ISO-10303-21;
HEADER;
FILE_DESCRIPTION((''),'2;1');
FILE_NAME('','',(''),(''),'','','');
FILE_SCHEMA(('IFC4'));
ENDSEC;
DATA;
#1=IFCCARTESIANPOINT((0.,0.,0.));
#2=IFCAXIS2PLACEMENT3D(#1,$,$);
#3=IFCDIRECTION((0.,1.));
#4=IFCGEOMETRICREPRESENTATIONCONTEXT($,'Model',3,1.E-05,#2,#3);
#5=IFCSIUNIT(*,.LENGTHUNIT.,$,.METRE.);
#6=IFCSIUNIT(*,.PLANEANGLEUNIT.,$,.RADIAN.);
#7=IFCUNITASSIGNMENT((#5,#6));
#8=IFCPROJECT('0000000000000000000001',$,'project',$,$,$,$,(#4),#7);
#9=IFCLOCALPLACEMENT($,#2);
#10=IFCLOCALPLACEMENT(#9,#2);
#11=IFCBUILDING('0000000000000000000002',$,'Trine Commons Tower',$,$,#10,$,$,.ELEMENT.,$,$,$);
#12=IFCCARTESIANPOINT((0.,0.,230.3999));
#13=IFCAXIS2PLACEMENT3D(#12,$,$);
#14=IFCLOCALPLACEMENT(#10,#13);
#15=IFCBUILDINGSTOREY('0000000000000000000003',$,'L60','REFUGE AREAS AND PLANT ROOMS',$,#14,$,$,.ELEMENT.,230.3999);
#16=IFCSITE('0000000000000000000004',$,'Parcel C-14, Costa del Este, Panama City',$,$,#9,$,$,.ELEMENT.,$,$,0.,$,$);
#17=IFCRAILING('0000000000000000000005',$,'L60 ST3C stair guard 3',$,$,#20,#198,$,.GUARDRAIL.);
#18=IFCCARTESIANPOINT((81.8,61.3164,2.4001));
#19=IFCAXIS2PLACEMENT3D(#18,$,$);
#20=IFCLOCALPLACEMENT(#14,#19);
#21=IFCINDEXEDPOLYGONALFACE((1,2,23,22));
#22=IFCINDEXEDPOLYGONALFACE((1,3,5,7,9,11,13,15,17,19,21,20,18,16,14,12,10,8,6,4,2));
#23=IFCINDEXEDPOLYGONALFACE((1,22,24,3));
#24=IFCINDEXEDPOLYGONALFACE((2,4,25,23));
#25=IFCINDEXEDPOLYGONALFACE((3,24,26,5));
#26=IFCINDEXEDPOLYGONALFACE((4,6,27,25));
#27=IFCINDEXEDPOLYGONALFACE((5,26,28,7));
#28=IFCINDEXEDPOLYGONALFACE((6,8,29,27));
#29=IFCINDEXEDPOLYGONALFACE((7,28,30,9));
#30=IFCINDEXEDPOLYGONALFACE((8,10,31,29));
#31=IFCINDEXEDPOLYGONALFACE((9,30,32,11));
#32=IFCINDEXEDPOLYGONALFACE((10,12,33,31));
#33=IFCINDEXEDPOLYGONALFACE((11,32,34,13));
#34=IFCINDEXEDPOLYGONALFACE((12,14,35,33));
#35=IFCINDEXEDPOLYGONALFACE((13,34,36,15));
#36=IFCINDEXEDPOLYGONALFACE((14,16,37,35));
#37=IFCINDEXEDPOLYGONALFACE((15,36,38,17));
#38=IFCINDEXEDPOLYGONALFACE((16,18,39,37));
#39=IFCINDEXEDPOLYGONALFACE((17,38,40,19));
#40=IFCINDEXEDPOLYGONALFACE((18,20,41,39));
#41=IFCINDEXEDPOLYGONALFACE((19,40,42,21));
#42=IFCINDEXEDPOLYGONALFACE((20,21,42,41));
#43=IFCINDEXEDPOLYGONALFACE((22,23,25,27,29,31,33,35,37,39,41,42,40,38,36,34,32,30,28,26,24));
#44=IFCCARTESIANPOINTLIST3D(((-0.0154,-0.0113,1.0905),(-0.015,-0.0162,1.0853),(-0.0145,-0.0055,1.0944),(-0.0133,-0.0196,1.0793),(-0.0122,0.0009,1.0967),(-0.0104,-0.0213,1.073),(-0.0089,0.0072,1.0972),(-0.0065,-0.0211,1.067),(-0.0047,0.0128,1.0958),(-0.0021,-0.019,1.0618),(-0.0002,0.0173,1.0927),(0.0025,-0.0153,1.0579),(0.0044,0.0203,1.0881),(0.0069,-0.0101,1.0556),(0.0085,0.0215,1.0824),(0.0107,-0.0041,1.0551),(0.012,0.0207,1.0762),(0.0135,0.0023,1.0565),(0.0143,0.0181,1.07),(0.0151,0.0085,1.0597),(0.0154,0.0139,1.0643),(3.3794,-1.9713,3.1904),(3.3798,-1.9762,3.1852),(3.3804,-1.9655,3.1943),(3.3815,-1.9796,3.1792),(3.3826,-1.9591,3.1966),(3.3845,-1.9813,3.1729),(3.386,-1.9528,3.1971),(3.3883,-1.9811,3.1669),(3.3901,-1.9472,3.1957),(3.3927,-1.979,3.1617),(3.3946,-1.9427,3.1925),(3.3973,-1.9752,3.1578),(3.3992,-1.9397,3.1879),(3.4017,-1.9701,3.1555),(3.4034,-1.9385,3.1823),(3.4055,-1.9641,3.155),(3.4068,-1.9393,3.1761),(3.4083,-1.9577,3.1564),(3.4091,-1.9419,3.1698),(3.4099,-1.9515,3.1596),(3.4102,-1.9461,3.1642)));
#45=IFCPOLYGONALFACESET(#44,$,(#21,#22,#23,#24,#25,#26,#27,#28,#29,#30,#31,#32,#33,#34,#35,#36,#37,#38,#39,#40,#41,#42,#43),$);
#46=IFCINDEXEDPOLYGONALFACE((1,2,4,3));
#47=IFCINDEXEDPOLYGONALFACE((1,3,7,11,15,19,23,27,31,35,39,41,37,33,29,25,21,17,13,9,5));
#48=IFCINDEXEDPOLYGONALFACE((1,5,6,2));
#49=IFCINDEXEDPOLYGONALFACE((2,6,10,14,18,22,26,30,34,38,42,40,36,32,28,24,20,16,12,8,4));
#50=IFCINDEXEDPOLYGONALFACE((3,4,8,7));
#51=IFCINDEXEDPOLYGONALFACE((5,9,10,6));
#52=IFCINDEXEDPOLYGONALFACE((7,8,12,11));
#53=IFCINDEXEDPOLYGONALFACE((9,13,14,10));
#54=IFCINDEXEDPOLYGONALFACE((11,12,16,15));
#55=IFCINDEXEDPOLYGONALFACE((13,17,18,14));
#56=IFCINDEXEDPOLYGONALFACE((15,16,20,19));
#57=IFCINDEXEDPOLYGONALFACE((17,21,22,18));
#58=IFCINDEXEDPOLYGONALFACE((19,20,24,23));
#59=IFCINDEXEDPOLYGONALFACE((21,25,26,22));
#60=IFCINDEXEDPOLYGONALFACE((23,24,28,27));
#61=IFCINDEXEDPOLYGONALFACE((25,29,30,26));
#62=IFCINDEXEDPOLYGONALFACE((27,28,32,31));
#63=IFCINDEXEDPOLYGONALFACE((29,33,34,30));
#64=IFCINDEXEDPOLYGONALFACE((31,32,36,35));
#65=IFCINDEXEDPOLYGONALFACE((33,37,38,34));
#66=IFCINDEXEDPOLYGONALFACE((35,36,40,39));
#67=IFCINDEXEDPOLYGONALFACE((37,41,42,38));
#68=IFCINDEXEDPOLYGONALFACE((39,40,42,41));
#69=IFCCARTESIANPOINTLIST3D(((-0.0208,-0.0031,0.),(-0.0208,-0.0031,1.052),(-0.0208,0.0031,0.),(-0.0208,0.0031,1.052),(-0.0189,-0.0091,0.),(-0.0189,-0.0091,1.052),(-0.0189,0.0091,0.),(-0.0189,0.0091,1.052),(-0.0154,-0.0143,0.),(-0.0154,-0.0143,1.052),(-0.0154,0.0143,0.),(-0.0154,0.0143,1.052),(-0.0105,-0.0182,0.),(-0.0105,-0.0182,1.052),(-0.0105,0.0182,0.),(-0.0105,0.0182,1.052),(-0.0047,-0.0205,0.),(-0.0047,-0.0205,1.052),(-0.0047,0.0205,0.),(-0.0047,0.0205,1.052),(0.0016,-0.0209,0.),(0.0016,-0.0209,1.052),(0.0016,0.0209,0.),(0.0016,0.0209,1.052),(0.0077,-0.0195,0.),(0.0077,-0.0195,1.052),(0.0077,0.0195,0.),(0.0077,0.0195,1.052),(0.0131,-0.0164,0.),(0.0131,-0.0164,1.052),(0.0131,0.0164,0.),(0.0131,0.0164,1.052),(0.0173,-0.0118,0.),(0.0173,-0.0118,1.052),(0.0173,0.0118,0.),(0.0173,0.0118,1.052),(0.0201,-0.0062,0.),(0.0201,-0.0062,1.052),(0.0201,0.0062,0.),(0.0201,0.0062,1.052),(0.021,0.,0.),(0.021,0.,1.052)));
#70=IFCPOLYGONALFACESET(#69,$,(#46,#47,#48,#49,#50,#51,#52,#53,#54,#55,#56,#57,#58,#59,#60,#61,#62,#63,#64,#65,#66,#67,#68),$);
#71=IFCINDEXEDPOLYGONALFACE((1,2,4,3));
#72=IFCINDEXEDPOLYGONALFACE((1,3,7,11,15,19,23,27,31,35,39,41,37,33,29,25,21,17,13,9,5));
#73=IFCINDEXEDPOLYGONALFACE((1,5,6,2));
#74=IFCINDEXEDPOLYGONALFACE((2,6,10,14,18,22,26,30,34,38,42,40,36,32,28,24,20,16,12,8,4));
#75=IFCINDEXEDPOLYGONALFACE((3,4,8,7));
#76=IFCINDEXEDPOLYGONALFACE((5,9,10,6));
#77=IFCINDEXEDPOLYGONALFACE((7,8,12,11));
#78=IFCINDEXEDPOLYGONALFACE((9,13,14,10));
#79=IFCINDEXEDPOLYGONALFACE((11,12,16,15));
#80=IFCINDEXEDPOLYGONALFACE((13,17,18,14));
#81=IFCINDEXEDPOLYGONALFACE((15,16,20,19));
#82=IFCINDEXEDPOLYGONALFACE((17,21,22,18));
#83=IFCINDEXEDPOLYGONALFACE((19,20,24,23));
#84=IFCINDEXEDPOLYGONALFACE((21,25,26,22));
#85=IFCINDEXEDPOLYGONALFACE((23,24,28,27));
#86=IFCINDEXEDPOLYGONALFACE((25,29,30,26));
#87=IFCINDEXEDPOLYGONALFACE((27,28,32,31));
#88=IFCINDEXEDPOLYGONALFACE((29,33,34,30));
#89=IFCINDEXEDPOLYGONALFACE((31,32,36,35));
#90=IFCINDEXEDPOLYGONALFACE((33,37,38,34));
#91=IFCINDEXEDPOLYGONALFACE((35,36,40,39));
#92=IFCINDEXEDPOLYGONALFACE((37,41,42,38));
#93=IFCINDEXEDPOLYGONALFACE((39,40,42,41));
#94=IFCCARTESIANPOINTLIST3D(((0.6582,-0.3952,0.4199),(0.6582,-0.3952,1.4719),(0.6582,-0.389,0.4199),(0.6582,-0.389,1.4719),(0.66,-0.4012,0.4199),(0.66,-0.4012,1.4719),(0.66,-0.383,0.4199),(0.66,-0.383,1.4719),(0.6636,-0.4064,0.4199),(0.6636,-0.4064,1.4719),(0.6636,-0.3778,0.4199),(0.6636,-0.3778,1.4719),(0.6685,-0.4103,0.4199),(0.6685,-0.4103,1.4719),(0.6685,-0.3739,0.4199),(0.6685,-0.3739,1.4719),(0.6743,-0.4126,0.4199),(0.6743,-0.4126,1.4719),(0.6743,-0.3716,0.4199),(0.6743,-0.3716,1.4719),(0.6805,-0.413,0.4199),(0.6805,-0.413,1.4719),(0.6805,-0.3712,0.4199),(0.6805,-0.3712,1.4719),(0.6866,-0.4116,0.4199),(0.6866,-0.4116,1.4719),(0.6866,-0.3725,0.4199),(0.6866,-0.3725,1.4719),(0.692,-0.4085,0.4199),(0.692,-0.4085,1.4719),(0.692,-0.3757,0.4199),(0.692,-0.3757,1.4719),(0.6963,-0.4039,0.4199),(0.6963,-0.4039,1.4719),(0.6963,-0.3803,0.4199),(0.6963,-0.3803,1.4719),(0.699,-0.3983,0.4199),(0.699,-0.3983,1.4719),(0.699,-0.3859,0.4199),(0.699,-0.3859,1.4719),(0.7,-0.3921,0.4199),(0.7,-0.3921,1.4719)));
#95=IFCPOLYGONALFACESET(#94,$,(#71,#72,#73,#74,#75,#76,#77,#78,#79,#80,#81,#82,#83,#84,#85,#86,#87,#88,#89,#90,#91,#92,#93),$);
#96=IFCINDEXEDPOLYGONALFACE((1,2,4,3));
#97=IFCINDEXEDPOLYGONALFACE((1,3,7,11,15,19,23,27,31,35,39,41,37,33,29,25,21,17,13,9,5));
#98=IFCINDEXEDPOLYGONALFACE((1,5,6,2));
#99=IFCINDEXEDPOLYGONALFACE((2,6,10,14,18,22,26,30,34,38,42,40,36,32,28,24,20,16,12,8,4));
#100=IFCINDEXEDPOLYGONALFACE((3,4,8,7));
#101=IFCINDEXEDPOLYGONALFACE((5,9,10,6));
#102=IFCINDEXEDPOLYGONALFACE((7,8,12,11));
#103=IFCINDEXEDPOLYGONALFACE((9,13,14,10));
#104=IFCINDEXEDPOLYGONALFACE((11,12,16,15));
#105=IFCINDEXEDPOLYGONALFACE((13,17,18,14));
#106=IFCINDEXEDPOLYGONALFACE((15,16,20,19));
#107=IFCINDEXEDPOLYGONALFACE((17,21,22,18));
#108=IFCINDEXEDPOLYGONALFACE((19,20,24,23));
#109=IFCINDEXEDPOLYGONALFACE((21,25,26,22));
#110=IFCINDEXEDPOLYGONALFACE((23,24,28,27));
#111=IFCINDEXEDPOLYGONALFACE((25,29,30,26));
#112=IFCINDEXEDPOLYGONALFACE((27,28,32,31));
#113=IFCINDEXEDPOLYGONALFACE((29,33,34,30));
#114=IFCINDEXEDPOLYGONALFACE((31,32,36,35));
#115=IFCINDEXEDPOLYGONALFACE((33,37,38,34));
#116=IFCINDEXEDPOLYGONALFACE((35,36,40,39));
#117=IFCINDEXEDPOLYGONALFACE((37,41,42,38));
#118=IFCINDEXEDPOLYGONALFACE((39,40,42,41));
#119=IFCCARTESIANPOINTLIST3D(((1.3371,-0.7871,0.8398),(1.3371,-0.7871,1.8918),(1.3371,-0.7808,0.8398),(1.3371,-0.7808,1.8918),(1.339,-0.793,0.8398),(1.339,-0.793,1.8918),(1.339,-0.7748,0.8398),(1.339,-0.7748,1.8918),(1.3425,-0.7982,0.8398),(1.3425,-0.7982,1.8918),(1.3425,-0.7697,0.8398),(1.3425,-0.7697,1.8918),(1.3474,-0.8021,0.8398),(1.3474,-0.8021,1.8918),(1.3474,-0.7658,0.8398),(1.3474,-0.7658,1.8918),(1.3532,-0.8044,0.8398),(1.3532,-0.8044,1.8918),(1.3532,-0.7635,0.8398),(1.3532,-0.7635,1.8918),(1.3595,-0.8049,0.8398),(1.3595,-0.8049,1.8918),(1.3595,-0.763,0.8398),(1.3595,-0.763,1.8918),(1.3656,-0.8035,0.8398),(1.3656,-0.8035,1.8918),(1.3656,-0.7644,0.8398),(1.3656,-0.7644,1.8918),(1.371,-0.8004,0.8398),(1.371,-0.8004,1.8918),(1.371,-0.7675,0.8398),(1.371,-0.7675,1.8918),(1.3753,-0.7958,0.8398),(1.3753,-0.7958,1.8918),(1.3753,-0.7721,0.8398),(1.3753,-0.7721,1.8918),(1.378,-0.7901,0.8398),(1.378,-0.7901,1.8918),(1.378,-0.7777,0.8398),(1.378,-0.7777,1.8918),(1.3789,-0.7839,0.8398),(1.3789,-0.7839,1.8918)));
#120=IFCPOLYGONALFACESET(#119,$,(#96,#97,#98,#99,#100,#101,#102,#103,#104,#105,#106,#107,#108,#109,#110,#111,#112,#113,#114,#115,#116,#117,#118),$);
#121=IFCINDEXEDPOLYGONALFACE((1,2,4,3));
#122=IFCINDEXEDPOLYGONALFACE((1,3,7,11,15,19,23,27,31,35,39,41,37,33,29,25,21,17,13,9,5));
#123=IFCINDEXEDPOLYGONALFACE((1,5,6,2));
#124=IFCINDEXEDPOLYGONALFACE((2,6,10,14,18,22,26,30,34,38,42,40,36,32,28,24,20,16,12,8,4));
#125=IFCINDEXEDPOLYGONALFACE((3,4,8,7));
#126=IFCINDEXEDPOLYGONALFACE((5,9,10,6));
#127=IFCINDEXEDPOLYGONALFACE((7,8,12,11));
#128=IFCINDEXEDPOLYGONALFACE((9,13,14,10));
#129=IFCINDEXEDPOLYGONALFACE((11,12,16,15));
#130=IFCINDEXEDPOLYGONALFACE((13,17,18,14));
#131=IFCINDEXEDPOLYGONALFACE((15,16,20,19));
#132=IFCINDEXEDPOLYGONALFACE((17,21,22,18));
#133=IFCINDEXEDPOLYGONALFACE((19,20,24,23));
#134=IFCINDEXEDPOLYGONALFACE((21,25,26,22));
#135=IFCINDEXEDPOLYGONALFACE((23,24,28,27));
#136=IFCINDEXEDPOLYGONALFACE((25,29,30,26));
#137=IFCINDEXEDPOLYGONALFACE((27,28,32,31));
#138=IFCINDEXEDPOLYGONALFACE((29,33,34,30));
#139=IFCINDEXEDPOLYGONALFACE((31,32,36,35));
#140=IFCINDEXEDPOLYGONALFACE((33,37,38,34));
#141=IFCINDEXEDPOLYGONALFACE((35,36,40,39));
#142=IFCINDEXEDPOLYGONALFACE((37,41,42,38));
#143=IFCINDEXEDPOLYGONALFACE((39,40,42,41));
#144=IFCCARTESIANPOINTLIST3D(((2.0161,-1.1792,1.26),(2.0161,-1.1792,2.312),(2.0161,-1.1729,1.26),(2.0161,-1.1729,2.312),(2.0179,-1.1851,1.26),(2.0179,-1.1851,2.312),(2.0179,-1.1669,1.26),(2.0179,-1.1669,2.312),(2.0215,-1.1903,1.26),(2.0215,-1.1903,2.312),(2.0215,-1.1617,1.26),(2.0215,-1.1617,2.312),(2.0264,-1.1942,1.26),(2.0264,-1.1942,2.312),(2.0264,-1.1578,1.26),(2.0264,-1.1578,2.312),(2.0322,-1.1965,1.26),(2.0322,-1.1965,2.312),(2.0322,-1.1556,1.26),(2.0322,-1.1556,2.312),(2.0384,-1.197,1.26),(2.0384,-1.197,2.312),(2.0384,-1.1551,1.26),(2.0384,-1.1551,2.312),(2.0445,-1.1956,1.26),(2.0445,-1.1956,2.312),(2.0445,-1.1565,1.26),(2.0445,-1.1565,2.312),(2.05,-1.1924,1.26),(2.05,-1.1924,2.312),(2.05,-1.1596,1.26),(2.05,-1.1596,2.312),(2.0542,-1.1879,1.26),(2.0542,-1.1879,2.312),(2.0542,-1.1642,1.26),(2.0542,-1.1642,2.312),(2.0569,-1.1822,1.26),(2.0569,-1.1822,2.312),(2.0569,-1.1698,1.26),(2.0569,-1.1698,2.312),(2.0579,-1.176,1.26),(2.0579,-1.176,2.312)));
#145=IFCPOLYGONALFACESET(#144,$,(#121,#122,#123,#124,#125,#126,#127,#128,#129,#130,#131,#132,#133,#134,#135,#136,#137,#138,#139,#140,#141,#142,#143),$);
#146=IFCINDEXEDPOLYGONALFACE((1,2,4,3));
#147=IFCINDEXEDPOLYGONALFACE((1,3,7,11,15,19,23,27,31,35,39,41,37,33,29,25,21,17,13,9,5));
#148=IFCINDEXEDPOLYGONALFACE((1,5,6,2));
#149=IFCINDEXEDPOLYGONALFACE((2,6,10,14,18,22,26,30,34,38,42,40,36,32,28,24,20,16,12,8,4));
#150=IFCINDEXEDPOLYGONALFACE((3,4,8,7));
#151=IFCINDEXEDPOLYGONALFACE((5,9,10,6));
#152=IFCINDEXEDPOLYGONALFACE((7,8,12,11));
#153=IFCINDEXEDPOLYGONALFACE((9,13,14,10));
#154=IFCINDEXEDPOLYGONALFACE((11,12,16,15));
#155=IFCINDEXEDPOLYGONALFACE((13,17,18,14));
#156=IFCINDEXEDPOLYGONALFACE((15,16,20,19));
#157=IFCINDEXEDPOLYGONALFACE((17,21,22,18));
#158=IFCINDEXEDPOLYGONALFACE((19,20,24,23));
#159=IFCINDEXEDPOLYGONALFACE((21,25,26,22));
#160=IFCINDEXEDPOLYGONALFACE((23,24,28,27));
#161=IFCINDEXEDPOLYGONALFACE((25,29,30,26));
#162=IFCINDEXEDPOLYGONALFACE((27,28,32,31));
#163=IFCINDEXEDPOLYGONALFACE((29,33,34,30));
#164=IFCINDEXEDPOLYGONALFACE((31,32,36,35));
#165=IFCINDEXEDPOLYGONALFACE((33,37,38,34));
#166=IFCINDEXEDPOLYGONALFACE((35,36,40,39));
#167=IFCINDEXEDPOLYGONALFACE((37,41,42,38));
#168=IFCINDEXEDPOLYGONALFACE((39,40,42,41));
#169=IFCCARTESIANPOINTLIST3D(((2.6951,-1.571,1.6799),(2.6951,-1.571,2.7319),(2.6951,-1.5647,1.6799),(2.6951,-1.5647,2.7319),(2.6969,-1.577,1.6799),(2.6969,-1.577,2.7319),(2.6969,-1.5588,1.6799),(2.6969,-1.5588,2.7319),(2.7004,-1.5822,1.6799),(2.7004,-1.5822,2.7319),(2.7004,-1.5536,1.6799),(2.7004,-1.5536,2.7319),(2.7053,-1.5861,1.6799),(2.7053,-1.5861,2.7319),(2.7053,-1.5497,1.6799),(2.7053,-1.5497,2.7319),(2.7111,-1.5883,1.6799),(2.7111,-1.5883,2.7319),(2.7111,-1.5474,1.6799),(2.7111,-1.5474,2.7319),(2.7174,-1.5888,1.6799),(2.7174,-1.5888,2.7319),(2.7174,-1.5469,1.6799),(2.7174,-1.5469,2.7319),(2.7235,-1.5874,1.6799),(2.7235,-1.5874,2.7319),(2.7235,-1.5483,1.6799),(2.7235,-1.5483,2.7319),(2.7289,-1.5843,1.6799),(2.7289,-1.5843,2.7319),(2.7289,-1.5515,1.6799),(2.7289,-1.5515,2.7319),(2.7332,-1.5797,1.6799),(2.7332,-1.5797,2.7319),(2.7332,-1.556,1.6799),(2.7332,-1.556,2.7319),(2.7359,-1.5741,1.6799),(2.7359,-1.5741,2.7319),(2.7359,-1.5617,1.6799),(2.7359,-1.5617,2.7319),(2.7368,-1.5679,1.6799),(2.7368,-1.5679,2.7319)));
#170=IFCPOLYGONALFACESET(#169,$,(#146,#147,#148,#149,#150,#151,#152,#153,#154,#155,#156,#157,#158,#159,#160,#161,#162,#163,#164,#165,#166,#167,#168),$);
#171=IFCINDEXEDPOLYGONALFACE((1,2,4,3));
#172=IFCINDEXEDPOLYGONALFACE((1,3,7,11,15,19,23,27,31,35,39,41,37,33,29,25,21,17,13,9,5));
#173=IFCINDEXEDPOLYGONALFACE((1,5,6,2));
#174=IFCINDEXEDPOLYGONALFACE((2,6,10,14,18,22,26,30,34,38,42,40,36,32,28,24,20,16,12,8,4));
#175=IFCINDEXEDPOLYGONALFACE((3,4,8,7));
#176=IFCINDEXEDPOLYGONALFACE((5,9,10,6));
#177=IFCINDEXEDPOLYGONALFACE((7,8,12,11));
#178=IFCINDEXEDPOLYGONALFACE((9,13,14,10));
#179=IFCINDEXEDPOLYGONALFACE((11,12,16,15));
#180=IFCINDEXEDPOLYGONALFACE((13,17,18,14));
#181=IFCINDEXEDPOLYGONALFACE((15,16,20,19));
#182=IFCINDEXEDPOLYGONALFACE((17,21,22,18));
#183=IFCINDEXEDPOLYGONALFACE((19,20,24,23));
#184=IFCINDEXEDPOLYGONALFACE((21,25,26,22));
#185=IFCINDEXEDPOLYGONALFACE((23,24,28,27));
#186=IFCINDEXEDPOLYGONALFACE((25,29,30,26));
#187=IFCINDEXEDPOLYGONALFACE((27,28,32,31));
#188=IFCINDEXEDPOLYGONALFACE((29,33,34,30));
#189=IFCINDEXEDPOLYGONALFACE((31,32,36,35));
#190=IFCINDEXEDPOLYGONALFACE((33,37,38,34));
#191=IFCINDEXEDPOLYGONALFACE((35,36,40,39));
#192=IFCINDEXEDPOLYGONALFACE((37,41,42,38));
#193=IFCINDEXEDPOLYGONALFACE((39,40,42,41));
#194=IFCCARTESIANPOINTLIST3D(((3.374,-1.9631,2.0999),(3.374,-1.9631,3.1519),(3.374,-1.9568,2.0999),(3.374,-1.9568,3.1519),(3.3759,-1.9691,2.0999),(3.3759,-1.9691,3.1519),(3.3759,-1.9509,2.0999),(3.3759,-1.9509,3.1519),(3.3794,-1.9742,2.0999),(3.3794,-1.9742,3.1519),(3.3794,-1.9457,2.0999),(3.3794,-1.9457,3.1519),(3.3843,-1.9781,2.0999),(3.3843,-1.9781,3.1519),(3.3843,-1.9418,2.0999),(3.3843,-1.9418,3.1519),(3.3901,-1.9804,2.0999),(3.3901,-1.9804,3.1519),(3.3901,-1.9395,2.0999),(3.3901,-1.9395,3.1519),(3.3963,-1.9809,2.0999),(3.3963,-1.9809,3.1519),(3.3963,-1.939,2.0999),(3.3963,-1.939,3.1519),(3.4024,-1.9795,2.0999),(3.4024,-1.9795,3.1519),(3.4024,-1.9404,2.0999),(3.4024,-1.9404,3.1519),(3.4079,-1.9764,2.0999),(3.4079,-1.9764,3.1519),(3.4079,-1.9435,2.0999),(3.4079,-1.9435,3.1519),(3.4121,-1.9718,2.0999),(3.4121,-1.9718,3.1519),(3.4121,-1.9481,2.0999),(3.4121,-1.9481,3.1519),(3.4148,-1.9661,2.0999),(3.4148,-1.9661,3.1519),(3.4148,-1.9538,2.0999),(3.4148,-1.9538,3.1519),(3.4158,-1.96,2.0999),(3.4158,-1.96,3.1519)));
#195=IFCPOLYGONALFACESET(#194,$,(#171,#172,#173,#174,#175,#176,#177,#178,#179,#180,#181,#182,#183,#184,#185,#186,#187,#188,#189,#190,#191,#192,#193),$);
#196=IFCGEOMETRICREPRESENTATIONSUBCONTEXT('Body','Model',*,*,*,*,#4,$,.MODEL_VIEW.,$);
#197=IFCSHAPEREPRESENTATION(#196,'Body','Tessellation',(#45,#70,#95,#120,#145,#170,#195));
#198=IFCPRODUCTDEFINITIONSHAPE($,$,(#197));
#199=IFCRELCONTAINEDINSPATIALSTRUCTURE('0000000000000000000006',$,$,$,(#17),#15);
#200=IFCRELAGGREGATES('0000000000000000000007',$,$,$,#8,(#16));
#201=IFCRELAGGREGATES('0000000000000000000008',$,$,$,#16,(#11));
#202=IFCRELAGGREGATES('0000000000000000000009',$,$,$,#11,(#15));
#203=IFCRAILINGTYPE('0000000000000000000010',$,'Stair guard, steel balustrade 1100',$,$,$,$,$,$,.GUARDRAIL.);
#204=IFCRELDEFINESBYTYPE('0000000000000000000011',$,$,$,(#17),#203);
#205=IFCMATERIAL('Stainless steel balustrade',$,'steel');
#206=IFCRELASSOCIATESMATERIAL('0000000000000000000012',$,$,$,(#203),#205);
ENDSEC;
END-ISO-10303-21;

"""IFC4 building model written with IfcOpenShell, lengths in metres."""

from ifc_helpers import new_model, si_unit, direction, frame, origin, origin_2d, place, context, subcontext, project, spatial, circle, extrude, material, type_object, element, save


model = new_model("IFC4")

# Units and contexts
model_context = context("Model", 3, precision=1e-05, world=origin(), true_north=direction((0.0, 1.0)))
body_context = subcontext(model_context, "Body", "Model", "MODEL_VIEW")
ifc_project = project(units=[si_unit("LENGTHUNIT", "METRE"), si_unit("PLANEANGLEUNIT", "RADIAN")], contexts=[model_context])

# Site, building, storey
site_placement = place(None, origin())
site = spatial("IfcSite", under=ifc_project, at=site_placement, Name="Parcel C-14, Costa del Este, Panama City", CompositionType="ELEMENT", RefElevation=0.0)
building_placement = place(site_placement, origin())
building = spatial("IfcBuilding", under=site, at=building_placement, Name="Trine Commons Tower", CompositionType="ELEMENT")
storey_placement = place(building_placement, frame((0.0, 0.0, 230.3999)))
storey = spatial("IfcBuildingStorey", under=building, at=storey_placement, Name="L60", Description="REFUGE AREAS AND PLANT ROOMS", CompositionType="ELEMENT", Elevation=230.3999)

# Railing
ifc_material_1 = material(Name="Stainless steel balustrade", Category="steel")
railing_type_1 = type_object("IfcRailingType", Name="Stair guard, steel balustrade 1100", PredefinedType="GUARDRAIL", material=ifc_material_1)
railing_1_placement = place(storey_placement, frame((81.8, 61.3164, 2.4001)))
element("IfcRailing", 1, at=railing_1_placement, inside=storey, type_object=railing_type_1, Name="L60 ST3C stair guard 3", PredefinedType="GUARDRAIL", context=body_context, shape_type="SweptSolid", body=[
    extrude(circle(Radius=0.0239, at=origin_2d()), frame((0.0, 0.0, 1.0762), z_axis=(0.763395, -0.440743, 0.472201), x_axis=(0.499997, 0.866027, 0.0)), (0.0, 0.0, 1.0), 4.447),
    extrude(circle(Radius=0.021, at=origin_2d()), origin(), (0.0, 0.0, 1.0), 1.052),
    extrude(circle(Radius=0.021, at=origin_2d()), frame((0.679, -0.3921, 0.4199)), (0.0, 0.0, 1.0), 1.052),
    extrude(circle(Radius=0.021, at=origin_2d()), frame((1.3579, -0.7839, 0.8398)), (0.0, 0.0, 1.0), 1.052),
    extrude(circle(Radius=0.021, at=origin_2d()), frame((2.0369, -1.176, 1.26)), (0.0, 0.0, 1.0), 1.052),
    extrude(circle(Radius=0.021, at=origin_2d()), frame((2.7158, -1.5679, 1.6799)), (0.0, 0.0, 1.0), 1.052),
    extrude(circle(Radius=0.021, at=origin_2d()), frame((3.3948, -1.96, 2.0999)), (0.0, 0.0, 1.0), 1.052),
])

save(model, "model.ifc")
